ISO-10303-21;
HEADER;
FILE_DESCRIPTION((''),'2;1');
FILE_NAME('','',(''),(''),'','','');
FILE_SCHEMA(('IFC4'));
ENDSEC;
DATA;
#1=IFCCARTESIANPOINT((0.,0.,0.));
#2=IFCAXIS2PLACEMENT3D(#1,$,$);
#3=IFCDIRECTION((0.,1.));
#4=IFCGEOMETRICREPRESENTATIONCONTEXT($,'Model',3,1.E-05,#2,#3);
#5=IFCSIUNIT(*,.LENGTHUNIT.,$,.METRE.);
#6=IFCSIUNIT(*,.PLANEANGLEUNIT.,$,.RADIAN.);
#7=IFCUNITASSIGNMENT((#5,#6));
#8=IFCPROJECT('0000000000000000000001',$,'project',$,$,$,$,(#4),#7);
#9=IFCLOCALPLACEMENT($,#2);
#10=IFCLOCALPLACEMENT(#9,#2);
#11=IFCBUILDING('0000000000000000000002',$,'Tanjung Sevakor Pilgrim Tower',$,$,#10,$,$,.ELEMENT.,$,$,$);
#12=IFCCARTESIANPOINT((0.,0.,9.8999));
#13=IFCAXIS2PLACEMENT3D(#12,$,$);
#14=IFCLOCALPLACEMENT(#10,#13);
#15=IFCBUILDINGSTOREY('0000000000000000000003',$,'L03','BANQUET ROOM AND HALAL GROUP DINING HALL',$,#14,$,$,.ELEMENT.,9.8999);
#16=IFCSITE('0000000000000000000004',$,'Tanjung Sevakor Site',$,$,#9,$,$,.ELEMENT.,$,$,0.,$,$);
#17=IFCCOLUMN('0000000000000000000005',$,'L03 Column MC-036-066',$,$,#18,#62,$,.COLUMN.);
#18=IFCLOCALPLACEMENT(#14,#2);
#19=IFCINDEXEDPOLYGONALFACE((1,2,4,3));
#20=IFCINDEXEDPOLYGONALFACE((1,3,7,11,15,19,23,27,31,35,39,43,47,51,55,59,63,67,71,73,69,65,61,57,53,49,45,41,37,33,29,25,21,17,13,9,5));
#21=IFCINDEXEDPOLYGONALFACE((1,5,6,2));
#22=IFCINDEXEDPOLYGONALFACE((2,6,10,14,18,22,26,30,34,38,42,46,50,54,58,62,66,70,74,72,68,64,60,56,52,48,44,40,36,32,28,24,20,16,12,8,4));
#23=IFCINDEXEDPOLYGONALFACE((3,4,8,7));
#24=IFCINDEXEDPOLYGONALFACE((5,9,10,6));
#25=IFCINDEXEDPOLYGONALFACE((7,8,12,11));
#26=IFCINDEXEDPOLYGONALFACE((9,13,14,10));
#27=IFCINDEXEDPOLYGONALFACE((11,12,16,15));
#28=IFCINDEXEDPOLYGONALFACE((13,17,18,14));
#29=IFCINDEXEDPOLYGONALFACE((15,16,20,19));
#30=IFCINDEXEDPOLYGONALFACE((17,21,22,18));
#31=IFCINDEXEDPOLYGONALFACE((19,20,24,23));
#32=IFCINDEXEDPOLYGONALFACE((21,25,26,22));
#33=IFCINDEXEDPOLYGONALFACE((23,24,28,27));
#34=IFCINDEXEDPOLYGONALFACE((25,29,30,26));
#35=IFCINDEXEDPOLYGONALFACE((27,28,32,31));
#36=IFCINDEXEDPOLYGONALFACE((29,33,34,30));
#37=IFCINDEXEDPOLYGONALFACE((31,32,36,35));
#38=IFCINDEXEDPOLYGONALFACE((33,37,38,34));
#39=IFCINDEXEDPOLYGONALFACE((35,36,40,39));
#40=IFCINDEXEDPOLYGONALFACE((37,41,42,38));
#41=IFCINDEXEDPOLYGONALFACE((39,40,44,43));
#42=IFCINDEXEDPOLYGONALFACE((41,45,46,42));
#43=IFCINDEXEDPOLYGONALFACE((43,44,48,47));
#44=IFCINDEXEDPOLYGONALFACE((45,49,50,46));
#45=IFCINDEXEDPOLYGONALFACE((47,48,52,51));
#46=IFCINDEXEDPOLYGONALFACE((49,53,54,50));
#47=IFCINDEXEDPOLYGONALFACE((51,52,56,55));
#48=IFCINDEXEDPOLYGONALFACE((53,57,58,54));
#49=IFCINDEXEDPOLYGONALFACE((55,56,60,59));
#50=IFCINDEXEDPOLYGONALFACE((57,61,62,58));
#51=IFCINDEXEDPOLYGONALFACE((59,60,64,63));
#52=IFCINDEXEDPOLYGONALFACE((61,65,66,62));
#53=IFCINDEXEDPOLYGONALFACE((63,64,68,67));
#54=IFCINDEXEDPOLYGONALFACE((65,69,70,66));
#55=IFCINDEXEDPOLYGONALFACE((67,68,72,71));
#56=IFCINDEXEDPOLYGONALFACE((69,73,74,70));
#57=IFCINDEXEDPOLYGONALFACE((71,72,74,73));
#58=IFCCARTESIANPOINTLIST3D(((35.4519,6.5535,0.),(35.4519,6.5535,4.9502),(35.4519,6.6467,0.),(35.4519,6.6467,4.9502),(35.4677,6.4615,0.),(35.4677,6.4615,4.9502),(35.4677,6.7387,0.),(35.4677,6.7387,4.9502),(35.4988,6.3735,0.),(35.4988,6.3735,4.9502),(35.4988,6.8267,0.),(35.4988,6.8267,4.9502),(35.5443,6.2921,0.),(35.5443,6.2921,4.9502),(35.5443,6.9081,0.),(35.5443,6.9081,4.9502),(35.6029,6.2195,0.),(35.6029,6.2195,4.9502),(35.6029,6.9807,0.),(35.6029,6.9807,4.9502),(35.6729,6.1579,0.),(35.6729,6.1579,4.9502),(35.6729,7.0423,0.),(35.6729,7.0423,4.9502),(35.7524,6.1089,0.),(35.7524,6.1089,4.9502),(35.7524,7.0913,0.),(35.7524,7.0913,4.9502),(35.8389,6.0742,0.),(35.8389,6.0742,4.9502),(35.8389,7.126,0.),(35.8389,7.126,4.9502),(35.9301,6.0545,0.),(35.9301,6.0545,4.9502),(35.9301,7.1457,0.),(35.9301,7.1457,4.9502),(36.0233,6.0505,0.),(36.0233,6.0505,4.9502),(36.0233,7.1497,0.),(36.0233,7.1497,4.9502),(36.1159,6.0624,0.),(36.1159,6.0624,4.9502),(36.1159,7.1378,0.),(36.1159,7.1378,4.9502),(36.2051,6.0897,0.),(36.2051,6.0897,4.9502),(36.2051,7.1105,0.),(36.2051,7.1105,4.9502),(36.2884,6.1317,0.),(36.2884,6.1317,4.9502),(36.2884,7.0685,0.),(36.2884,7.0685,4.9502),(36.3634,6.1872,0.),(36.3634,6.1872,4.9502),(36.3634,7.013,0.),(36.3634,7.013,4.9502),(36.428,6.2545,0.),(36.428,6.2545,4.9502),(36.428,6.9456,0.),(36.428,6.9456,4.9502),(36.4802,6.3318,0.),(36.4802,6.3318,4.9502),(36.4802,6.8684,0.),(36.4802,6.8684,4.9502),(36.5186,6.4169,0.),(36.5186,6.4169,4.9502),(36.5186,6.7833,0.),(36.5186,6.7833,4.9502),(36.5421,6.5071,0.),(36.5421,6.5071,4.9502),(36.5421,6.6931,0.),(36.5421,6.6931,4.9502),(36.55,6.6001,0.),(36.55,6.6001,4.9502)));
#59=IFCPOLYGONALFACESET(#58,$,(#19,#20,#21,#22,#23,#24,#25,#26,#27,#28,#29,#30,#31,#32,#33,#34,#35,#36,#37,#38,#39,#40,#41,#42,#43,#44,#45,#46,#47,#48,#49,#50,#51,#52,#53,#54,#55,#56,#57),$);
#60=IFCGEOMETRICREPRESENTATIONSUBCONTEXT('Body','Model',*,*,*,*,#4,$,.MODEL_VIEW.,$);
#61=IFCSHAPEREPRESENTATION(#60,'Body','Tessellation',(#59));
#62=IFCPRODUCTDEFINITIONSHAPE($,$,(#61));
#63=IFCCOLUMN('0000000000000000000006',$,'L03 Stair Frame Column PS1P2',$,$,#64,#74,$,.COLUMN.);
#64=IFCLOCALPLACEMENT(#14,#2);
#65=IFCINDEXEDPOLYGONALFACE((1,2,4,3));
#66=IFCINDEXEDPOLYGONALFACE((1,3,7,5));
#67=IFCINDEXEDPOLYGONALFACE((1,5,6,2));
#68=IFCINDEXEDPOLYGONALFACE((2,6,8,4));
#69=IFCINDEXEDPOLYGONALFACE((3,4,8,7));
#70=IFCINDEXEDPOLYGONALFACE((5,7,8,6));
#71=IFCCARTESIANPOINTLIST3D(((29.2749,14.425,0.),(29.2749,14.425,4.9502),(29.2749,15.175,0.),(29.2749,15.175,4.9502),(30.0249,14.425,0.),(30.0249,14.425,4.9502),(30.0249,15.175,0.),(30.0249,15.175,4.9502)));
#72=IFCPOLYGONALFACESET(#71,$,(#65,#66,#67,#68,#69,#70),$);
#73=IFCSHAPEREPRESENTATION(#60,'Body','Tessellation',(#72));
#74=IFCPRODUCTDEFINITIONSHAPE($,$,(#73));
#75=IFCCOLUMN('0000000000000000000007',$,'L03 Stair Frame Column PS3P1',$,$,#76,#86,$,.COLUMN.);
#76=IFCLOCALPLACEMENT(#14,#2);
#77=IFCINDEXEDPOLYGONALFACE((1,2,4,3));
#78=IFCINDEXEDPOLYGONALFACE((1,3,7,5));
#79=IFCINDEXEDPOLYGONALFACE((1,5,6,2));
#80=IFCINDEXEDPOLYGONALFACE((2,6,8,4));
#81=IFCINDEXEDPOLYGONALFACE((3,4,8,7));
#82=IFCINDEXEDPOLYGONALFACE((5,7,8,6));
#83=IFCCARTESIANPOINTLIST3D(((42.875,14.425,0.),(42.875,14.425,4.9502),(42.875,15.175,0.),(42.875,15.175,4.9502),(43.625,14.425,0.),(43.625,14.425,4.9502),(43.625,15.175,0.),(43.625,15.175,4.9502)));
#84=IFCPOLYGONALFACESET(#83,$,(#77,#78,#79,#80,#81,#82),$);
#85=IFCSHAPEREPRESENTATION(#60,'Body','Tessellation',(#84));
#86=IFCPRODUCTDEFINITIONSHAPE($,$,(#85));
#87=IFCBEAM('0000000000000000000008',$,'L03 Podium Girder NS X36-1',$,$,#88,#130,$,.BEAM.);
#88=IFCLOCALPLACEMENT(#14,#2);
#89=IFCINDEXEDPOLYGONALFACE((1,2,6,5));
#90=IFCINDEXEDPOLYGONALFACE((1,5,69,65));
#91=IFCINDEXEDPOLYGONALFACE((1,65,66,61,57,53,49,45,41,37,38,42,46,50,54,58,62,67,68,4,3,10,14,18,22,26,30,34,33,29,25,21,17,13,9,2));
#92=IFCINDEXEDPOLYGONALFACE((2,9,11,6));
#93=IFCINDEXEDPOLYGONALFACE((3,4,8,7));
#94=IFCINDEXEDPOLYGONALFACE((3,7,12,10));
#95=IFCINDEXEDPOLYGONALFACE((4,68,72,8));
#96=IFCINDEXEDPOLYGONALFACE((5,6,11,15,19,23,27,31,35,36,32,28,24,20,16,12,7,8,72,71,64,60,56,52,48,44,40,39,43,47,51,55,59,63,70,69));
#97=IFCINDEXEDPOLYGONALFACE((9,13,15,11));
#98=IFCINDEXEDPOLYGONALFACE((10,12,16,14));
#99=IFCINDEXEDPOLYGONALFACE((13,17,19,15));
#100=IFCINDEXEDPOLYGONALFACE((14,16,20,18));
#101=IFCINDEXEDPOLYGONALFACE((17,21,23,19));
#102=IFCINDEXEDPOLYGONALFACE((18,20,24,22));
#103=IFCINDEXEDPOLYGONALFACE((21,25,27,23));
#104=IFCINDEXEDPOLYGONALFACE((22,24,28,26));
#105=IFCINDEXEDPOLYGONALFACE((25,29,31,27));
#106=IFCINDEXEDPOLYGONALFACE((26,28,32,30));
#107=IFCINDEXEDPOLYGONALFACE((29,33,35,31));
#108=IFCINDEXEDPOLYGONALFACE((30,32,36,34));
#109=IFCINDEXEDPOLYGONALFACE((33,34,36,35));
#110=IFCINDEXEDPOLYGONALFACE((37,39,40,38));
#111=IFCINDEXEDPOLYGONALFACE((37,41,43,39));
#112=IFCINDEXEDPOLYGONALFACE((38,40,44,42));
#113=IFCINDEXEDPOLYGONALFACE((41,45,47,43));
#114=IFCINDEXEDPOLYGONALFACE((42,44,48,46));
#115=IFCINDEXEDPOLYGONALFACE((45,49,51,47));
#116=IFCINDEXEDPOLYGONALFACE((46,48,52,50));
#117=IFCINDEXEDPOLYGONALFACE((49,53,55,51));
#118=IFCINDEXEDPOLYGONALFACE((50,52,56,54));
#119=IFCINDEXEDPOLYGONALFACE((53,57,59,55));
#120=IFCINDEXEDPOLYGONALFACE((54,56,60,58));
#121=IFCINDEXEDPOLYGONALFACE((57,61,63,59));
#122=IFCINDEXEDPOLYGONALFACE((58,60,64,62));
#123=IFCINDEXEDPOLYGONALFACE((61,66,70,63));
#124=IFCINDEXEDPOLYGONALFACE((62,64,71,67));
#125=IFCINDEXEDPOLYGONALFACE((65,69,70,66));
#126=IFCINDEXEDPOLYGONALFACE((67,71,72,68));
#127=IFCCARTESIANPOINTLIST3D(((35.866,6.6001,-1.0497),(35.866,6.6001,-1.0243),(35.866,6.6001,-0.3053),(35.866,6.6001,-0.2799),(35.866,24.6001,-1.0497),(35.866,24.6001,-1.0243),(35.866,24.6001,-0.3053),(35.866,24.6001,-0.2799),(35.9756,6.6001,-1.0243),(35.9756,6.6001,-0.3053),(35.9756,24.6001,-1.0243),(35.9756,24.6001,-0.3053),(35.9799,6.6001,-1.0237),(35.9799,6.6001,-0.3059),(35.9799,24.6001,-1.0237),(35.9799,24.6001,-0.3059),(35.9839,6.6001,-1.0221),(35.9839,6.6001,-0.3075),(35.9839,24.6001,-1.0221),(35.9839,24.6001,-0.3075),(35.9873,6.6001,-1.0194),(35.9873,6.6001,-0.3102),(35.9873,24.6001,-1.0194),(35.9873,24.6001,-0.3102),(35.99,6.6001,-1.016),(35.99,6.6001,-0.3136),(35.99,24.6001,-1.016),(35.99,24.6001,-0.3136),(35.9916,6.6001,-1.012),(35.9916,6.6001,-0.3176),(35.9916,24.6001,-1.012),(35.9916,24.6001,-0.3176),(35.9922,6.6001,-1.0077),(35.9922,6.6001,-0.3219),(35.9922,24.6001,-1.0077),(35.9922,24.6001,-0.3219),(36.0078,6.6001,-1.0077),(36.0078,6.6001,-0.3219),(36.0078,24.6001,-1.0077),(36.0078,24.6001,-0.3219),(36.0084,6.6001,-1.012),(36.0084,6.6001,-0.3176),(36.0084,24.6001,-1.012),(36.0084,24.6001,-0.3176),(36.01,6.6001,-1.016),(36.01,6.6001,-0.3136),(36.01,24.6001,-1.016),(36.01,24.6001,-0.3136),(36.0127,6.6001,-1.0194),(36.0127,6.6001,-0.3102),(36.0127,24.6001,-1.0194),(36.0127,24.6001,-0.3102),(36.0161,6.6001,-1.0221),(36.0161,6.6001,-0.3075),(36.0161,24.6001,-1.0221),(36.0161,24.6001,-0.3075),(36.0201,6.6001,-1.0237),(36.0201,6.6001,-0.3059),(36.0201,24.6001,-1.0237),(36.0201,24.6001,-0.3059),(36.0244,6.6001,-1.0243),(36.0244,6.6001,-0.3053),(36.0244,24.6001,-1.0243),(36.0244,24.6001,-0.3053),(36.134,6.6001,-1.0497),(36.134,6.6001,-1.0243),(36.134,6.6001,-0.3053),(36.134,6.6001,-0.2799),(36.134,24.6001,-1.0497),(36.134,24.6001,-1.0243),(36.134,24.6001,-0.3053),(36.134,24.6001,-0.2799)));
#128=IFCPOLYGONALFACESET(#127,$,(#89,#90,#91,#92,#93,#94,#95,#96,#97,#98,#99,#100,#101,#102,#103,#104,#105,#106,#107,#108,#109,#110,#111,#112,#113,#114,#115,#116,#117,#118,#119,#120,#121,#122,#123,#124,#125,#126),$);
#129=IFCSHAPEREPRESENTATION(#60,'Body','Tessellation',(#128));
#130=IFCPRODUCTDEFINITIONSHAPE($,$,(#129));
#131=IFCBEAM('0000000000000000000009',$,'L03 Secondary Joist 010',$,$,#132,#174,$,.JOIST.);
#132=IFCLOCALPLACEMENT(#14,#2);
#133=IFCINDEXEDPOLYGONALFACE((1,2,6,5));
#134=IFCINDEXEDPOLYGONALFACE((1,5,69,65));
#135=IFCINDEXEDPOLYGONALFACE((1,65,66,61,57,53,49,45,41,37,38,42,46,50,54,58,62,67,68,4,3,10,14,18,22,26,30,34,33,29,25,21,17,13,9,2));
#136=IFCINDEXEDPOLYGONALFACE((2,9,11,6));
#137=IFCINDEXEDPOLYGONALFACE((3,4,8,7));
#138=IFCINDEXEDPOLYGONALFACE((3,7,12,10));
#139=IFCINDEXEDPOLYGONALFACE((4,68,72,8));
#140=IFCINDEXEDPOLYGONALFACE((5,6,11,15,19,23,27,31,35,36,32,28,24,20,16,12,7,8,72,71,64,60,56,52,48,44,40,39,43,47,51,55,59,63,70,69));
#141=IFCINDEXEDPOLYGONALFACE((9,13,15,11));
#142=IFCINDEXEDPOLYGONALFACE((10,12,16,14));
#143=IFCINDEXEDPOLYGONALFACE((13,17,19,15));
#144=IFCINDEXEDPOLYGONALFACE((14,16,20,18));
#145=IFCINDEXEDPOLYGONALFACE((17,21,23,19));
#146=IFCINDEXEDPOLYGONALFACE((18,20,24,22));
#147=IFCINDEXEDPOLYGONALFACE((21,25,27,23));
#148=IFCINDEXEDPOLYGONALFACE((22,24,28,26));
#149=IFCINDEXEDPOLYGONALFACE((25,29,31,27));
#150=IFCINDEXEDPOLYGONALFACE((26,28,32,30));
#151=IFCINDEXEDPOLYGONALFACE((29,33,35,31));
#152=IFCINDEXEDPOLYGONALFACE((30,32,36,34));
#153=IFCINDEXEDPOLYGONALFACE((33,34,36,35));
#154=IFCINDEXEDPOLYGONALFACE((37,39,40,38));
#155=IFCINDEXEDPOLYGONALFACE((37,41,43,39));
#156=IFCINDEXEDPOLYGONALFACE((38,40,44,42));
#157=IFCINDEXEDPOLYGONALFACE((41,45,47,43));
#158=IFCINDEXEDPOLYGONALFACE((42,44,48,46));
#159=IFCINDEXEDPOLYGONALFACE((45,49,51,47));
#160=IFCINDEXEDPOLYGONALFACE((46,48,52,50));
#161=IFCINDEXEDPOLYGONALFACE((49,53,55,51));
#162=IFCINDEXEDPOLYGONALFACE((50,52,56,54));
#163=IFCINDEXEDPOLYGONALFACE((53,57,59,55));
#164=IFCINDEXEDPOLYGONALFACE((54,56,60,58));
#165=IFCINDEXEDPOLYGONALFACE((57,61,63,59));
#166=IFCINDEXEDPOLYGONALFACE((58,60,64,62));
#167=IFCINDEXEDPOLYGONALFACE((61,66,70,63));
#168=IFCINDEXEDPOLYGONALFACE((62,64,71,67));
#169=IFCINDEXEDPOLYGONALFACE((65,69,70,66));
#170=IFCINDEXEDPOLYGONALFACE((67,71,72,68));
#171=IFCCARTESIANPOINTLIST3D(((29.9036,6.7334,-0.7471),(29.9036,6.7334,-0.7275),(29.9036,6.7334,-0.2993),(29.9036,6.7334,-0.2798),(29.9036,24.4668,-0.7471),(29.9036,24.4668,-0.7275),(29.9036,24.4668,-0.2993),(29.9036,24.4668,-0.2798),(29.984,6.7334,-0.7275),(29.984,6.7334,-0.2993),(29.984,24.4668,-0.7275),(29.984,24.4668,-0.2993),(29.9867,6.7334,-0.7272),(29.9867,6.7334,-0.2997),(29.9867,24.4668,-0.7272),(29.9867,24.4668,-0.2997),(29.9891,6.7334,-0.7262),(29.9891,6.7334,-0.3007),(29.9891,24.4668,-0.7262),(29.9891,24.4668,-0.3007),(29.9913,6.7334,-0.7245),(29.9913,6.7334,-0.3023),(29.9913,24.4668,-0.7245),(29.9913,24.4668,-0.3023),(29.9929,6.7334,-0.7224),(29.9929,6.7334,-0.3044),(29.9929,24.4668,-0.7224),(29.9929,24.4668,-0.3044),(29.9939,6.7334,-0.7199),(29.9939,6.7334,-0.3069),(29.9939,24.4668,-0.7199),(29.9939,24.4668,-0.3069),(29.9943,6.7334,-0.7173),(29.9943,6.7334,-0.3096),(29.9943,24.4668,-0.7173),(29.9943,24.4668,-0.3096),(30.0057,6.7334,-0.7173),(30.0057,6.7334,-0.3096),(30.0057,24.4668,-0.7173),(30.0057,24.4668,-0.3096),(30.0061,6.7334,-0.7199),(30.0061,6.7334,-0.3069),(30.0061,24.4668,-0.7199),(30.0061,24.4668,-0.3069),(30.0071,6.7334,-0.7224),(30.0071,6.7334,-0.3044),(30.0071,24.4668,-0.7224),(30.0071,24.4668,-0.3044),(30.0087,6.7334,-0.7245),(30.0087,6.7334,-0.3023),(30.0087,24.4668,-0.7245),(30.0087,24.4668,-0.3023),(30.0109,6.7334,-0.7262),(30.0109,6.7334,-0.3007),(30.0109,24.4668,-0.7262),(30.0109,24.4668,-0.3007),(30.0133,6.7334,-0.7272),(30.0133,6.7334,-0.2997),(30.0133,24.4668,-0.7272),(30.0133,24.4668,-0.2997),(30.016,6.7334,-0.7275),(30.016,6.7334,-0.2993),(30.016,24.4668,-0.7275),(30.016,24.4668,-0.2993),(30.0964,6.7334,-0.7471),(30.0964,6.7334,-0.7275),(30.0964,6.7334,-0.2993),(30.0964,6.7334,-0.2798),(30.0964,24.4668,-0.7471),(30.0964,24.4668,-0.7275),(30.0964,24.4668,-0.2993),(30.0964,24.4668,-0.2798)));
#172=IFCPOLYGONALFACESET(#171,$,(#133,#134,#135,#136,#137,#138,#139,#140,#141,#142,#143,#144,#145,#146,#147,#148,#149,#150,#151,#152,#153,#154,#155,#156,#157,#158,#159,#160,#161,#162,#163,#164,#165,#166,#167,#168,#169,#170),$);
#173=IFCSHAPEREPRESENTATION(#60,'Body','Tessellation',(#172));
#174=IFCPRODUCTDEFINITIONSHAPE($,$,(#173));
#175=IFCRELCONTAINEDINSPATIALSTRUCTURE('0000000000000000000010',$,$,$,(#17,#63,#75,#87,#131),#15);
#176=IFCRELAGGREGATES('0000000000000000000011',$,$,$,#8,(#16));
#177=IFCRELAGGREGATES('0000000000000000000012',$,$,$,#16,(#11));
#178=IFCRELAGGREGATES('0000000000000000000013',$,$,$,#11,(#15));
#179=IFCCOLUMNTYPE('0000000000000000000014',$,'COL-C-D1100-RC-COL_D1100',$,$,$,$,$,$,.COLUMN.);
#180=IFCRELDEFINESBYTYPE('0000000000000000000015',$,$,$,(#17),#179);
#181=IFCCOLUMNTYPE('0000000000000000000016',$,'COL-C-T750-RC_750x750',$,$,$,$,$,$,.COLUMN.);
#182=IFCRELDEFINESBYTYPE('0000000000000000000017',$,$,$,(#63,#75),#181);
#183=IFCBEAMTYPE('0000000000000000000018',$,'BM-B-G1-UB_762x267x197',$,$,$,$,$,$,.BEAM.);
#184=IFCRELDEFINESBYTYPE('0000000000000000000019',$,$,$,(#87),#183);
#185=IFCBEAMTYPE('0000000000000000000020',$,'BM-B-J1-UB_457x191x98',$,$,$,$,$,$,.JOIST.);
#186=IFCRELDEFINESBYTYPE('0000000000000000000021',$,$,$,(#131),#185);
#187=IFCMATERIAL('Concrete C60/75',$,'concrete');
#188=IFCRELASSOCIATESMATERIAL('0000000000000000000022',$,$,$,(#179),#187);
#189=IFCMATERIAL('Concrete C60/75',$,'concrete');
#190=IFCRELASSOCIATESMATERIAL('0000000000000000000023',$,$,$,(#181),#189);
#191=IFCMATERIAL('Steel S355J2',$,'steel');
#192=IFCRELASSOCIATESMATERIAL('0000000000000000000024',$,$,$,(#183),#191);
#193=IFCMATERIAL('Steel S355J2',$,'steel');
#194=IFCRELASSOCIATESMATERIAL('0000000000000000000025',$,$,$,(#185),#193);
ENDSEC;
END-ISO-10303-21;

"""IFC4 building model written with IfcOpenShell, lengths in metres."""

from ifc_helpers import new_model, si_unit, direction, frame, origin, origin_2d, place, context, subcontext, project, spatial, rectangle, circle, i_section, extrude, material, material_profile, profile_set, type_object, element, save


model = new_model("IFC4")

# Units and contexts
model_context = context("Model", 3, precision=1e-05, world=origin(), true_north=direction((0.0, 1.0)))
body_context = subcontext(model_context, "Body", "Model", "MODEL_VIEW")
ifc_project = project(units=[si_unit("LENGTHUNIT", "METRE"), si_unit("PLANEANGLEUNIT", "RADIAN")], contexts=[model_context])

# Site, building, storey
site_placement = place(None, origin())
site = spatial("IfcSite", under=ifc_project, at=site_placement, Name="Tanjung Sevakor Site", CompositionType="ELEMENT", RefElevation=0.0)
building_placement = place(site_placement, origin())
building = spatial("IfcBuilding", under=site, at=building_placement, Name="Tanjung Sevakor Pilgrim Tower", CompositionType="ELEMENT")
storey_placement = place(building_placement, frame((0.0, 0.0, 9.8999)))
storey = spatial("IfcBuildingStorey", under=building, at=storey_placement, Name="L03", Description="BANQUET ROOM AND HALAL GROUP DINING HALL", CompositionType="ELEMENT", Elevation=9.8999)

# Columns
ifc_material_1 = material(Name="Concrete C60/75", Category="concrete")
ifc_material_profile_1 = material_profile(ifc_material_1, circle(Radius=0.55, at=origin_2d()))
ifc_profile_set_1 = profile_set([ifc_material_profile_1], Name="Concrete C60/75")
column_type_1 = type_object("IfcColumnType", Name="COL-C-D1100-RC-COL_D1100", PredefinedType="COLUMN", material=ifc_profile_set_1)
column_placement = place(storey_placement, frame((36.0, 6.6001, 0.0), z_axis=(0.0, 0.0, 1.0), x_axis=(1.0, 0.0, 0.0)))
element("IfcColumn", 1, at=column_placement, inside=storey, type_object=column_type_1, Name="L03 Column MC-036-066", PredefinedType="COLUMN", context=body_context, shape_type="SweptSolid", body=[
    extrude(circle(Radius=0.55, at=origin_2d()), origin(), (0.0, 0.0, 1.0), 4.9502),
])
ifc_material_2 = material(Name="Concrete C60/75", Category="concrete")
ifc_material_profile_2 = material_profile(ifc_material_2, rectangle(XDim=0.75, YDim=0.75, at=origin_2d()))
ifc_profile_set_2 = profile_set([ifc_material_profile_2], Name="Concrete C60/75")
column_type_2 = type_object("IfcColumnType", Name="COL-C-T750-RC_750x750", PredefinedType="COLUMN", material=ifc_profile_set_2)
for number, where, z_axis, x_axis, name in (
    (2, (29.6499, 14.8, 0.0), (0.0, 0.0, 1.0), (1.0, 0.0, 0.0), "L03 Stair Frame Column PS1P2"),
    (3, (43.25, 14.8, 0.0), (0.0, 0.0, 1.0), (1.0, 0.0, 0.0), "L03 Stair Frame Column PS3P1"),
):
    element("IfcColumn", number, at=place(storey_placement, frame(where, z_axis=z_axis, x_axis=x_axis)), inside=storey, type_object=column_type_2, Name=name, PredefinedType="COLUMN", context=body_context, shape_type="SweptSolid", body=[
        extrude(rectangle(XDim=0.75, YDim=0.75, at=origin_2d()), origin(), (0.0, 0.0, 1.0), 4.9502),
    ])

# Beams
ifc_material_3 = material(Name="Steel S355J2", Category="steel")
ifc_material_profile_3 = material_profile(ifc_material_3, i_section(OverallWidth=0.2681, OverallDepth=0.7698, WebThickness=0.0156, FlangeThickness=0.0254, FilletRadius=0.0166, at=origin_2d()))
ifc_profile_set_3 = profile_set([ifc_material_profile_3], Name="Steel S355J2")
beam_type_1 = type_object("IfcBeamType", Name="BM-B-G1-UB_762x267x197", PredefinedType="BEAM", material=ifc_profile_set_3)
beam_1_placement = place(storey_placement, frame((36.0, 6.6001, -0.6648), z_axis=(0.0, 1.0, 0.0), x_axis=(-1.0, 0.0, 0.0)))
element("IfcBeam", 4, at=beam_1_placement, inside=storey, type_object=beam_type_1, Name="L03 Podium Girder NS X36-1", PredefinedType="BEAM", context=body_context, shape_type="SweptSolid", body=[
    extrude(i_section(OverallWidth=0.2681, OverallDepth=0.7698, WebThickness=0.0156, FlangeThickness=0.0254, FilletRadius=0.0166, at=origin_2d()), origin(), (0.0, 0.0, 1.0), 18.0),
])
ifc_material_4 = material(Name="Steel S355J2", Category="steel")
ifc_material_profile_4 = material_profile(ifc_material_4, i_section(OverallWidth=0.1929, OverallDepth=0.4673, WebThickness=0.0115, FlangeThickness=0.0195, FilletRadius=0.0103, at=origin_2d()))
ifc_profile_set_4 = profile_set([ifc_material_profile_4], Name="Steel S355J2")
beam_type_2 = type_object("IfcBeamType", Name="BM-B-J1-UB_457x191x98", PredefinedType="JOIST", material=ifc_profile_set_4)
for number, where, z_axis, x_axis, name in (
    (5, (30.0, 6.7334, -0.5134), (0.0, 1.0, 0.0), (-1.0, 0.0, 0.0), "L03 Secondary Joist 010"),
):
    element("IfcBeam", number, at=place(storey_placement, frame(where, z_axis=z_axis, x_axis=x_axis)), inside=storey, type_object=beam_type_2, Name=name, PredefinedType="JOIST", context=body_context, shape_type="SweptSolid", body=[
        extrude(i_section(OverallWidth=0.1929, OverallDepth=0.4673, WebThickness=0.0115, FlangeThickness=0.0195, FilletRadius=0.0103, at=origin_2d()), origin(), (0.0, 0.0, 1.0), 17.7334),
    ])

save(model, "model.ifc")
